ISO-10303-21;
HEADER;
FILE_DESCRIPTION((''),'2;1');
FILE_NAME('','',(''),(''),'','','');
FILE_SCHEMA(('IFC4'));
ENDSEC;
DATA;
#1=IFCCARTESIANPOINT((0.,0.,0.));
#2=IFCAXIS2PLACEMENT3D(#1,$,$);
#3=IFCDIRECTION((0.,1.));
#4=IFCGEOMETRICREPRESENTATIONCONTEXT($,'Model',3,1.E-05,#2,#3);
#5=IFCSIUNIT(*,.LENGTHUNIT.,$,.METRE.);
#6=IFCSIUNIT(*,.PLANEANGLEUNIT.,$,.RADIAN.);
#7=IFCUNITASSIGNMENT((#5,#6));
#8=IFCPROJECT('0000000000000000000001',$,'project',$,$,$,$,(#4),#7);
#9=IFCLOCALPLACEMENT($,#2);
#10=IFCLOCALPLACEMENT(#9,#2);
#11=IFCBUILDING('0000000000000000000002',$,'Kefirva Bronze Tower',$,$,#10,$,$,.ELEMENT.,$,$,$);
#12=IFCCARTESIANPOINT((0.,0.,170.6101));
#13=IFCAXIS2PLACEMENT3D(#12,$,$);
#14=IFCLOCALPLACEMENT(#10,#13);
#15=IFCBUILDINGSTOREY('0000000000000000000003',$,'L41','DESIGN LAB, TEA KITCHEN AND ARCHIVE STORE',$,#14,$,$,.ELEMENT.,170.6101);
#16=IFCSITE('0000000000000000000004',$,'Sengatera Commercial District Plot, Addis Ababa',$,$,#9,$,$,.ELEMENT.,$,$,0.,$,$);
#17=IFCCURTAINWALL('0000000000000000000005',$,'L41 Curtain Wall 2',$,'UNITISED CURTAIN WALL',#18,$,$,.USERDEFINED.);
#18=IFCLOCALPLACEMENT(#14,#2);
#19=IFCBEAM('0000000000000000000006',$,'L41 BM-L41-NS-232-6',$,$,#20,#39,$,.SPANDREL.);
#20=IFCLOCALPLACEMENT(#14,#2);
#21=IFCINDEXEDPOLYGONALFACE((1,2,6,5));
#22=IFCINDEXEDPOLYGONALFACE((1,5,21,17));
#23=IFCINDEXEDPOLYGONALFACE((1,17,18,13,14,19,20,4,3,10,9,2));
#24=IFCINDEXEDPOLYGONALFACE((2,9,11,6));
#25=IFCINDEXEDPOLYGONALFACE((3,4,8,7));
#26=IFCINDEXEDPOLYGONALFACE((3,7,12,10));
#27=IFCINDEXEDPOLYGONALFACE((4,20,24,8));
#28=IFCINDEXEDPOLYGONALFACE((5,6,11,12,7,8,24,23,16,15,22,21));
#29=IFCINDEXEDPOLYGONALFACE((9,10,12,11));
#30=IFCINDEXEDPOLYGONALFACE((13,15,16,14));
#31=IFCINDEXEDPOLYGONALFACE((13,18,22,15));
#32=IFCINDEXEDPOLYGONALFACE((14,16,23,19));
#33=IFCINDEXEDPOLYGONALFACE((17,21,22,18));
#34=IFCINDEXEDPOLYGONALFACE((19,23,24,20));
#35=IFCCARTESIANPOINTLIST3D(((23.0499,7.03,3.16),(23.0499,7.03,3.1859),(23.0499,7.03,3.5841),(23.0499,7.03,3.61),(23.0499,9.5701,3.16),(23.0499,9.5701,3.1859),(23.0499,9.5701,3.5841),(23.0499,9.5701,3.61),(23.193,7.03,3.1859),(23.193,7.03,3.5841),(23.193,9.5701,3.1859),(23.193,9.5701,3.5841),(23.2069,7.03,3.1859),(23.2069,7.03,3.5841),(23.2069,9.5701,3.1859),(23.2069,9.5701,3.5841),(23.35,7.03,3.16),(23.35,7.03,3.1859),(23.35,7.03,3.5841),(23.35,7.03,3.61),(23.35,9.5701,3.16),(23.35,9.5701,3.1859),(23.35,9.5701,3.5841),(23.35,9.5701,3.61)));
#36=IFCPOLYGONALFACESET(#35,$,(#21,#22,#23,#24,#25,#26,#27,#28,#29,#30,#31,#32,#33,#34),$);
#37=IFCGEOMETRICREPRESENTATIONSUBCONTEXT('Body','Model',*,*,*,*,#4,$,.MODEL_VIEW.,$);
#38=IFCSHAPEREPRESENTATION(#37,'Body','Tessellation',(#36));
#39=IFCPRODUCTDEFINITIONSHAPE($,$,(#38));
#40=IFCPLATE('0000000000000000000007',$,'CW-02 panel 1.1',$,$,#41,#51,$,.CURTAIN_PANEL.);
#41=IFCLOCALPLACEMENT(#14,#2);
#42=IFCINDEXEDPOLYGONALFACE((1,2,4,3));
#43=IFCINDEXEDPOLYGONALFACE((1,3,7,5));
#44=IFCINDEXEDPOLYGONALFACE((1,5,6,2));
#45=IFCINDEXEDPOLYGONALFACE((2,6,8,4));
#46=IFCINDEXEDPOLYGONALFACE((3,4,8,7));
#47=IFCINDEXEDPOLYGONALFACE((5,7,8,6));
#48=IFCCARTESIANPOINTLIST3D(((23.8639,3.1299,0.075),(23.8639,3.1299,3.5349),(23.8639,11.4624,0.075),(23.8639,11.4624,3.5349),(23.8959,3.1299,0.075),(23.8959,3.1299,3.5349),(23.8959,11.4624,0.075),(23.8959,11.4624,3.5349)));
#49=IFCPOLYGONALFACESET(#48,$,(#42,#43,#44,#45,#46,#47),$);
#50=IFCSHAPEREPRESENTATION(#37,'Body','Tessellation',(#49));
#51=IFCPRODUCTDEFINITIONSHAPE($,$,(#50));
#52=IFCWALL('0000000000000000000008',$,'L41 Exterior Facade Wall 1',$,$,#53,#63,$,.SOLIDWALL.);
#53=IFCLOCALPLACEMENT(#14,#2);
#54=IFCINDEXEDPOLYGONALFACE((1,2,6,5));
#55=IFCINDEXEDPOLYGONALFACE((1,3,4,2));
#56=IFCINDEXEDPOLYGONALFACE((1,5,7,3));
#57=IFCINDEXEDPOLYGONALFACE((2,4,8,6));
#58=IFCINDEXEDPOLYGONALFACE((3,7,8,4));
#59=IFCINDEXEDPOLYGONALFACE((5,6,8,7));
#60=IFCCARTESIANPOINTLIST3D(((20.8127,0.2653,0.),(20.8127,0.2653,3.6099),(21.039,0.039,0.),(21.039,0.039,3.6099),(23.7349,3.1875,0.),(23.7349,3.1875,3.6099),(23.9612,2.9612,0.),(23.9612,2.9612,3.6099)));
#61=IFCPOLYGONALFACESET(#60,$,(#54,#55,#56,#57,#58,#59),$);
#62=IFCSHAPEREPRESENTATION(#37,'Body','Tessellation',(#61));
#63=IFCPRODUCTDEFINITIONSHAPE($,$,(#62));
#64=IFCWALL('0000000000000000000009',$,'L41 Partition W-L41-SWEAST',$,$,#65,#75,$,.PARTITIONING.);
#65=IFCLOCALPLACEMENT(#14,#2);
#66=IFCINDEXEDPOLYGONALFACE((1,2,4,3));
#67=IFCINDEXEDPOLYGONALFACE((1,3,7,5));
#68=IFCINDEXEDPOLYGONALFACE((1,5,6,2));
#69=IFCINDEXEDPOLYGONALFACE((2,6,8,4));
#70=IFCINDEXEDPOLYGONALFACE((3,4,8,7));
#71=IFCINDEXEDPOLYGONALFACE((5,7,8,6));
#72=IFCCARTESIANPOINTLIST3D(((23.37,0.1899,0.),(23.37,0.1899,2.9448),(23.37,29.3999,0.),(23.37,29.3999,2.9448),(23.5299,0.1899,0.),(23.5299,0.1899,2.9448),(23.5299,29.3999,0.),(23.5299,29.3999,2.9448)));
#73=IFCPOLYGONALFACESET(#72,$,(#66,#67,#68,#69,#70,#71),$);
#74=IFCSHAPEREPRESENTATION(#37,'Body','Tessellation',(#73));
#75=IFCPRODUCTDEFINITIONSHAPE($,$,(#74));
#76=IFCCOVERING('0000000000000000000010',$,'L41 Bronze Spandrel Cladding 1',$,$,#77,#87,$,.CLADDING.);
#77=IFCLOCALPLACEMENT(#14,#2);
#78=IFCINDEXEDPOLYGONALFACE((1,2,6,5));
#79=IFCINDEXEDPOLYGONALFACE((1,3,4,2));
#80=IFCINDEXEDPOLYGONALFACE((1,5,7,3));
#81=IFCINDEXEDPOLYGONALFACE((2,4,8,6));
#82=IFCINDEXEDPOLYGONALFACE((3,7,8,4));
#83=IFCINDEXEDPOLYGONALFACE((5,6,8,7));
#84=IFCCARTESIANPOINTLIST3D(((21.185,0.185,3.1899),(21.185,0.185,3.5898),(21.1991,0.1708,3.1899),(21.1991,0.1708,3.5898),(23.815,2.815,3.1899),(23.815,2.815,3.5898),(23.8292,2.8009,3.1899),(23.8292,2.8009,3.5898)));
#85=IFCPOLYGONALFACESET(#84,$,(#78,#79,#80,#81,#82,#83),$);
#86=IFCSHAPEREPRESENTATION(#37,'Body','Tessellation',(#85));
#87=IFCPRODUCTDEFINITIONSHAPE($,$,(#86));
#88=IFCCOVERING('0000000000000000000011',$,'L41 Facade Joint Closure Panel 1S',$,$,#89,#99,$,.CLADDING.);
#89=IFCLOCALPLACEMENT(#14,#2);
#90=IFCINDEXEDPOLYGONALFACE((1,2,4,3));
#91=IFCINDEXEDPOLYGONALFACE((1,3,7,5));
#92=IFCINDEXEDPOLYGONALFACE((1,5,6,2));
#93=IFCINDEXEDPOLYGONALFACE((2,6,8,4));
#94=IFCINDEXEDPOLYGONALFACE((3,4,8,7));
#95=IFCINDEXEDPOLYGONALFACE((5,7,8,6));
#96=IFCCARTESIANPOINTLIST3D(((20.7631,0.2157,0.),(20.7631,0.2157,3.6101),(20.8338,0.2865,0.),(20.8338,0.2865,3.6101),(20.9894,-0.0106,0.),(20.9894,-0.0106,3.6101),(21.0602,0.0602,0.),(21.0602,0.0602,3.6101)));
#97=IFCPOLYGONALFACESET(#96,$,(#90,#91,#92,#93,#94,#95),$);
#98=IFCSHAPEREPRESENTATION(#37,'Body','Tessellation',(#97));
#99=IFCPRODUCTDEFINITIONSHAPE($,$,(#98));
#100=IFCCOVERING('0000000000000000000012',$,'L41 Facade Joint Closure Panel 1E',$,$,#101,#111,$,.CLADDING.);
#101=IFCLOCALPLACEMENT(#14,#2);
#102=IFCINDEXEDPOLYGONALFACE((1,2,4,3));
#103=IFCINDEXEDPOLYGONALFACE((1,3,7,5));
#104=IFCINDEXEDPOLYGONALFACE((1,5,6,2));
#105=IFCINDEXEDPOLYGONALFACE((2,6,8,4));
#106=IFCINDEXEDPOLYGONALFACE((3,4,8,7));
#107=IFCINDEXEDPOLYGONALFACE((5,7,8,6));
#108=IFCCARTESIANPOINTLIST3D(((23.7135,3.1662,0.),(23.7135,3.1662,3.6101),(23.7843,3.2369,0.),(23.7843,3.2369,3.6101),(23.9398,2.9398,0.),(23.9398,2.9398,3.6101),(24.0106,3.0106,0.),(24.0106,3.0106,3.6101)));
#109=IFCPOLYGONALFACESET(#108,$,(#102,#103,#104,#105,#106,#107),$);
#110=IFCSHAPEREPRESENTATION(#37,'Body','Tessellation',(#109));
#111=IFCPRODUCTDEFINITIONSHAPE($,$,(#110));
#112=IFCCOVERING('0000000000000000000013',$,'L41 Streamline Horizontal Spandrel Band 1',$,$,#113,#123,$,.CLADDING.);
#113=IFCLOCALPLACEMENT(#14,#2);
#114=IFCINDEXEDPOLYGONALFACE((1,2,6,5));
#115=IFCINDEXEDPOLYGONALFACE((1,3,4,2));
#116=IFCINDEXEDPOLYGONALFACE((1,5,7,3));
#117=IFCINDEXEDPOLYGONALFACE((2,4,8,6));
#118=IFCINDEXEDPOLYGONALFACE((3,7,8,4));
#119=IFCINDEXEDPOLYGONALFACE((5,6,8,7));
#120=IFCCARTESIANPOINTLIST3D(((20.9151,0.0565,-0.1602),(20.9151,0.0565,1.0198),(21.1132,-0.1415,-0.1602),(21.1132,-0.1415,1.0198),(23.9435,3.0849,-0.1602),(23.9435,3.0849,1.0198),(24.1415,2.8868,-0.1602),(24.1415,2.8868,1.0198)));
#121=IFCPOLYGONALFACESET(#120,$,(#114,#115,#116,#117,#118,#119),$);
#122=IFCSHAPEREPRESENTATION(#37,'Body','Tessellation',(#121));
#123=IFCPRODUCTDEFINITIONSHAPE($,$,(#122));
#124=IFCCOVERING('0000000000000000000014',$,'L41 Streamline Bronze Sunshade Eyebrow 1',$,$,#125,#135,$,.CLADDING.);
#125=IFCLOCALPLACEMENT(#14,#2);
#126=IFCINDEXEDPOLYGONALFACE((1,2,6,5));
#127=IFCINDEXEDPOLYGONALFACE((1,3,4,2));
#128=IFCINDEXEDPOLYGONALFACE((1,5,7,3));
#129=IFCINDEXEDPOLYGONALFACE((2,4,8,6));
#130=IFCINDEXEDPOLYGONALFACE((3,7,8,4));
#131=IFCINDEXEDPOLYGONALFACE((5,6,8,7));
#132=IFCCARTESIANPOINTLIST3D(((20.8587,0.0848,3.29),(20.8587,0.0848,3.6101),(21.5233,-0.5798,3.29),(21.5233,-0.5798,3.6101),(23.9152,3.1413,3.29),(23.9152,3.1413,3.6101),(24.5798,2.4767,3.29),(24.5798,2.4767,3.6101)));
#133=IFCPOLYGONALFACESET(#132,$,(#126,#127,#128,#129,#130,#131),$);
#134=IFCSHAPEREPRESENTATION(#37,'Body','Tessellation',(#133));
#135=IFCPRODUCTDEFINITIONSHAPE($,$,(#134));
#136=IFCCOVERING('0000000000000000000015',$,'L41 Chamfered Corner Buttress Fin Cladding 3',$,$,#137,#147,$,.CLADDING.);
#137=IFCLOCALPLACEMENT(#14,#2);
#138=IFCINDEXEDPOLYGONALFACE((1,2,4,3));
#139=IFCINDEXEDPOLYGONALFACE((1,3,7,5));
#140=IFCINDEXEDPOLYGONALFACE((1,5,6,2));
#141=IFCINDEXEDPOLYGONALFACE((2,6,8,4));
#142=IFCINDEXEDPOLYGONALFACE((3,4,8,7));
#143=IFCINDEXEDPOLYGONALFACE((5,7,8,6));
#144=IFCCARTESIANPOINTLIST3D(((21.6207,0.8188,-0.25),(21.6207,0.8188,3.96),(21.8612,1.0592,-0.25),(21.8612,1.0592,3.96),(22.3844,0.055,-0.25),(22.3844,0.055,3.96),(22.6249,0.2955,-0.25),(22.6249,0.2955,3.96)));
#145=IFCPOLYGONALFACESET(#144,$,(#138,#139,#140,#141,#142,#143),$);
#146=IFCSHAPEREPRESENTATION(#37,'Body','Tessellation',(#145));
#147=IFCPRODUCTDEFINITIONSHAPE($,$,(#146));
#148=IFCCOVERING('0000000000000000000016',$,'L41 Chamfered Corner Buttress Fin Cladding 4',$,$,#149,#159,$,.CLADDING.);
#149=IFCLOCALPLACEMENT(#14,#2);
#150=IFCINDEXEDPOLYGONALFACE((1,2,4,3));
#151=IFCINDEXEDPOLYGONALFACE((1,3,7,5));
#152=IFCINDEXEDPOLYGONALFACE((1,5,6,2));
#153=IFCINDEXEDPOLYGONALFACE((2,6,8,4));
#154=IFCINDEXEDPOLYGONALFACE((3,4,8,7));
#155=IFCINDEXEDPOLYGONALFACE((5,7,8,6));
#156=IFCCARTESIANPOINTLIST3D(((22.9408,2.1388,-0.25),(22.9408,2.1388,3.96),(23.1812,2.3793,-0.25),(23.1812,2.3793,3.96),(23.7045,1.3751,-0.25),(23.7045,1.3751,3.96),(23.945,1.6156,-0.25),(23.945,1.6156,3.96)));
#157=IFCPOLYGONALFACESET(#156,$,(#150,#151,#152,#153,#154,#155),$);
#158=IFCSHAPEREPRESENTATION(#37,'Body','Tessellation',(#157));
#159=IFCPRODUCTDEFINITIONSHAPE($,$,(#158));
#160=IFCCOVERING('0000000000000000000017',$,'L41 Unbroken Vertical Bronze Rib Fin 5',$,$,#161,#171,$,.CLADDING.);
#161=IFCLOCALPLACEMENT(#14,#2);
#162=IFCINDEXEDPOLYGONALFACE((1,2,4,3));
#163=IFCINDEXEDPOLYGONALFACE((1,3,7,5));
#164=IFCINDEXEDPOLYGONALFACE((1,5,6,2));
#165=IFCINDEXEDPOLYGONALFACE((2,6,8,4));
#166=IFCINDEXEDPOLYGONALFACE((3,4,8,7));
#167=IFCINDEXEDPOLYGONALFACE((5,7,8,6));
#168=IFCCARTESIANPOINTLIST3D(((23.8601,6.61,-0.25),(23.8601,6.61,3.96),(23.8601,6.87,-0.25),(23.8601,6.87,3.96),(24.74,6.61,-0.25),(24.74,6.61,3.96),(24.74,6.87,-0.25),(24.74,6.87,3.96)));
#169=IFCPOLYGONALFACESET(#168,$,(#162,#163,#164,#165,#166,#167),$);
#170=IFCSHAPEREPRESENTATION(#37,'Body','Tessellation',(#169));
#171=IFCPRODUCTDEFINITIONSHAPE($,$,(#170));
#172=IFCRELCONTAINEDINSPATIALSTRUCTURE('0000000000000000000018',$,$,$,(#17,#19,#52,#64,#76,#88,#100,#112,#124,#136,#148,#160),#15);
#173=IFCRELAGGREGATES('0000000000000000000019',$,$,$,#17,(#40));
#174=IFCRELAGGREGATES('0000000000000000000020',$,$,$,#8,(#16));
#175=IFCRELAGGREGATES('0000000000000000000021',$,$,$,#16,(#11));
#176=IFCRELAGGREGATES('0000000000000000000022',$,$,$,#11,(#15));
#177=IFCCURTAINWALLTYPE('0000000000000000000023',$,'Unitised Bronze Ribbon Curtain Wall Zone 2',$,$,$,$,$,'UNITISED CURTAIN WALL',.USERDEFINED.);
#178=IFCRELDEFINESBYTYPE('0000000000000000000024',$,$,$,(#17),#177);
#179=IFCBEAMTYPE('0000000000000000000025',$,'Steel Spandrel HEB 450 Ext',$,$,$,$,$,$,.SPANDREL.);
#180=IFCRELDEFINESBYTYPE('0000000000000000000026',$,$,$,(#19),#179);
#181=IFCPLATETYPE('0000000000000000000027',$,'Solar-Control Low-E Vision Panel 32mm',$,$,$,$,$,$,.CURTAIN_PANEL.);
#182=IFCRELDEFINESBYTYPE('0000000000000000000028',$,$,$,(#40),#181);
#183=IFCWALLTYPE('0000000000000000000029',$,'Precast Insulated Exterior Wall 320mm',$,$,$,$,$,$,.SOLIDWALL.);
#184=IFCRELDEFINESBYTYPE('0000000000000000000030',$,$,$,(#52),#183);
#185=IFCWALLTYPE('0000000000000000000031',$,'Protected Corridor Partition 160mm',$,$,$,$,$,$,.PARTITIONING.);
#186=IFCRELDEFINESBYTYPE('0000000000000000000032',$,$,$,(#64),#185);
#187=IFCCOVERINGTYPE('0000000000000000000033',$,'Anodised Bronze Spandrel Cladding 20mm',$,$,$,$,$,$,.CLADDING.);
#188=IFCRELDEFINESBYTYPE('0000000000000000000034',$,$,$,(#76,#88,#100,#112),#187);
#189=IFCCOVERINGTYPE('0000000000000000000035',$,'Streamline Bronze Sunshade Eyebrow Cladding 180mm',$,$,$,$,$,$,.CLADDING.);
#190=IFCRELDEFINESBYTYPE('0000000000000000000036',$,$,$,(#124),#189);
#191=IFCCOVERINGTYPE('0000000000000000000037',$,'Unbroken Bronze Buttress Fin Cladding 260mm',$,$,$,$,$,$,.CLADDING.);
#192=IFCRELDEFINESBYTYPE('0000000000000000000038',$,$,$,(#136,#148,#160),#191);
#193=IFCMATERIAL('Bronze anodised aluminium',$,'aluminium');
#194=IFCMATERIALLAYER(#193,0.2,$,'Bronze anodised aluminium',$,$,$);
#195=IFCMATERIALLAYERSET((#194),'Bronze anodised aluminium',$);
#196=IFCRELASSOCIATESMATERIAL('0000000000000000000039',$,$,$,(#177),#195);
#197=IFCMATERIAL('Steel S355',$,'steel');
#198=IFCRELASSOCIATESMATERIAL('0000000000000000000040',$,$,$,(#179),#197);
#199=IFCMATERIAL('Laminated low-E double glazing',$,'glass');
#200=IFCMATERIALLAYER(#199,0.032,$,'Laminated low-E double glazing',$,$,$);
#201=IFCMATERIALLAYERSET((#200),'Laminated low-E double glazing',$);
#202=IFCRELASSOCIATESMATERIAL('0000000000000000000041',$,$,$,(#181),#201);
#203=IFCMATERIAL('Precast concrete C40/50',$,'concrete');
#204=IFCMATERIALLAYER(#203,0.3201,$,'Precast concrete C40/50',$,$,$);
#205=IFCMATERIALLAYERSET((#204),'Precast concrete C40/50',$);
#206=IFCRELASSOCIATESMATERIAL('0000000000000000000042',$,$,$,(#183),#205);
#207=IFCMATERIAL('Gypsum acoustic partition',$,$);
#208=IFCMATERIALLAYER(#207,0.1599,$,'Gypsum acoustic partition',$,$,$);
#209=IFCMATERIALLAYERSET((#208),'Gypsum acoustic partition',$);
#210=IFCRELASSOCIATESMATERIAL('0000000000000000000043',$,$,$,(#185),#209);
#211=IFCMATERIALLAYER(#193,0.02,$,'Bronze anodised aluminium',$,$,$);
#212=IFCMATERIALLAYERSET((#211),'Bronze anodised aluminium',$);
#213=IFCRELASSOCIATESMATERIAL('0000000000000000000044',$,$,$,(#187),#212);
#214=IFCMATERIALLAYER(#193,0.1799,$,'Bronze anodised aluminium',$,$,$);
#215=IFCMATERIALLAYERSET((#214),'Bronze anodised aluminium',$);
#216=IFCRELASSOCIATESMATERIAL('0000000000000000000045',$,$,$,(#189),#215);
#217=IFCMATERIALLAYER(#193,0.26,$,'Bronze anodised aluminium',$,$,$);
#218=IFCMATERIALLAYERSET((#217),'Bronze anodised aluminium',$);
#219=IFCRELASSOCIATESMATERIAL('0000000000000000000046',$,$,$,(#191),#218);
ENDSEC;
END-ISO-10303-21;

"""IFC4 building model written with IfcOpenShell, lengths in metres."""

from ifc_helpers import new_model, si_unit, direction, frame, frame_2d, origin, origin_2d, place, context, subcontext, project, spatial, rectangle, i_section, extrude, material, layer, layer_set, material_profile, profile_set, type_object, element, aggregate, save


model = new_model("IFC4")

# Units and contexts
model_context = context("Model", 3, precision=1e-05, world=origin(), true_north=direction((0.0, 1.0)))
body_context = subcontext(model_context, "Body", "Model", "MODEL_VIEW")
ifc_project = project(units=[si_unit("LENGTHUNIT", "METRE"), si_unit("PLANEANGLEUNIT", "RADIAN")], contexts=[model_context])

# Site, building, storey
site_placement = place(None, origin())
site = spatial("IfcSite", under=ifc_project, at=site_placement, Name="Sengatera Commercial District Plot, Addis Ababa", CompositionType="ELEMENT", RefElevation=0.0)
building_placement = place(site_placement, origin())
building = spatial("IfcBuilding", under=site, at=building_placement, Name="Kefirva Bronze Tower", CompositionType="ELEMENT")
storey_placement = place(building_placement, frame((0.0, 0.0, 170.6101)))
storey = spatial("IfcBuildingStorey", under=building, at=storey_placement, Name="L41", Description="DESIGN LAB, TEA KITCHEN AND ARCHIVE STORE", CompositionType="ELEMENT", Elevation=170.6101)

# Shared definitions
ifc_material_1 = material(Name="Bronze anodised aluminium", Category="aluminium")
ifc_layer_1 = layer(ifc_material_1, 0.2, Name="Bronze anodised aluminium")
ifc_layer_set_1 = layer_set([ifc_layer_1], Name="Bronze anodised aluminium")
curtain_wall_type = type_object("IfcCurtainWallType", Name="Unitised Bronze Ribbon Curtain Wall Zone 2", ElementType="UNITISED CURTAIN WALL", PredefinedType="USERDEFINED", material=ifc_layer_set_1)

# Curtain wall
curtain_wall_1_placement = place(storey_placement, origin())
curtain_wall_1 = element("IfcCurtainWall", 1, at=curtain_wall_1_placement, inside=storey, type_object=curtain_wall_type, Name="L41 Curtain Wall 2", ObjectType="UNITISED CURTAIN WALL", PredefinedType="USERDEFINED")

# Beam
ifc_material_2 = material(Name="Steel S355", Category="steel")
ifc_material_profile_1 = material_profile(ifc_material_2, i_section(OverallWidth=0.3, OverallDepth=0.45, WebThickness=0.0139, FlangeThickness=0.0259, at=origin_2d()), Name="HEB 450")
ifc_profile_set_1 = profile_set([ifc_material_profile_1], Name="Steel S355")
beam_type_1 = type_object("IfcBeamType", Name="Steel Spandrel HEB 450 Ext", PredefinedType="SPANDREL", material=ifc_profile_set_1)
beam_1_placement = place(storey_placement, frame((23.2, 7.03, 3.385), z_axis=(0.0, 1.0, 0.0), x_axis=(-1.0, 0.0, 0.0)))
element("IfcBeam", 2, at=beam_1_placement, inside=storey, type_object=beam_type_1, Name="L41 BM-L41-NS-232-6", PredefinedType="SPANDREL", context=body_context, shape_type="SweptSolid", body=[
    extrude(i_section(OverallWidth=0.3, OverallDepth=0.45, WebThickness=0.0139, FlangeThickness=0.0259, at=origin_2d()), origin(), (0.0, 0.0, 1.0), 2.54),
])

# Plate
ifc_material_3 = material(Name="Laminated low-E double glazing", Category="glass")
ifc_layer_2 = layer(ifc_material_3, 0.032, Name="Laminated low-E double glazing")
ifc_layer_set_2 = layer_set([ifc_layer_2], Name="Laminated low-E double glazing")
plate_type = type_object("IfcPlateType", Name="Solar-Control Low-E Vision Panel 32mm", PredefinedType="CURTAIN_PANEL", material=ifc_layer_set_2)
plate_placement = place(storey_placement, frame((23.8799, 7.2961, 0.075), z_axis=(0.0, 0.0, 1.0), x_axis=(0.0, 1.0, 0.0)))
plate = element("IfcPlate", 3, at=plate_placement, type_object=plate_type, Name="CW-02 panel 1.1", PredefinedType="CURTAIN_PANEL", context=body_context, shape_type="SweptSolid", body=[
    extrude(rectangle(XDim=8.3325, YDim=0.032, at=origin_2d()), origin(), (0.0, 0.0, 1.0), 3.46),
])
aggregate(curtain_wall_1, [plate])

# Walls
ifc_material_4 = material(Name="Precast concrete C40/50", Category="concrete")
ifc_layer_3 = layer(ifc_material_4, 0.3201, Name="Precast concrete C40/50")
ifc_layer_set_3 = layer_set([ifc_layer_3], Name="Precast concrete C40/50")
wall_type_1 = type_object("IfcWallType", Name="Precast Insulated Exterior Wall 320mm", PredefinedType="SOLIDWALL", material=ifc_layer_set_3)
wall_1_placement = place(storey_placement, frame((20.9258, 0.1521, 0.0), z_axis=(0.0, 0.0, 1.0), x_axis=(0.707107, 0.707107, 0.0)))
element("IfcWall", 4, at=wall_1_placement, inside=storey, type_object=wall_type_1, Name="L41 Exterior Facade Wall 1", PredefinedType="SOLIDWALL", context=body_context, shape_type="SweptSolid", body=[
    extrude(rectangle(XDim=4.1326, YDim=0.3201, at=frame_2d((2.0664, 0.0))), origin(), (0.0, 0.0, 1.0), 3.6099),
])
ifc_material_5 = material(Name="Gypsum acoustic partition")
ifc_layer_4 = layer(ifc_material_5, 0.1599, Name="Gypsum acoustic partition")
ifc_layer_set_4 = layer_set([ifc_layer_4], Name="Gypsum acoustic partition")
wall_type_2 = type_object("IfcWallType", Name="Protected Corridor Partition 160mm", PredefinedType="PARTITIONING", material=ifc_layer_set_4)
wall_2_placement = place(storey_placement, frame((23.45, 0.1899, 0.0), z_axis=(0.0, 0.0, 1.0), x_axis=(0.0, 1.0, 0.0)))
element("IfcWall", 5, at=wall_2_placement, inside=storey, type_object=wall_type_2, Name="L41 Partition W-L41-SWEAST", PredefinedType="PARTITIONING", context=body_context, shape_type="SweptSolid", body=[
    extrude(rectangle(XDim=29.21, YDim=0.1599, at=frame_2d((14.605, 0.0))), origin(), (0.0, 0.0, 1.0), 2.9448),
])

# Coverings
ifc_layer_5 = layer(ifc_material_1, 0.02, Name="Bronze anodised aluminium")
ifc_layer_set_5 = layer_set([ifc_layer_5], Name="Bronze anodised aluminium")
covering_type_1 = type_object("IfcCoveringType", Name="Anodised Bronze Spandrel Cladding 20mm", PredefinedType="CLADDING", material=ifc_layer_set_5)
covering_1_placement = place(storey_placement, frame((22.5071, 1.4929, 3.1899), z_axis=(0.0, 0.0, 1.0), x_axis=(0.707107, 0.707107, 0.0)))
element("IfcCovering", 6, at=covering_1_placement, inside=storey, type_object=covering_type_1, Name="L41 Bronze Spandrel Cladding 1", PredefinedType="CLADDING", context=body_context, shape_type="SweptSolid", body=[
    extrude(rectangle(XDim=3.7195, YDim=0.02, at=origin_2d()), origin(), (0.0, 0.0, 1.0), 0.3999),
])
for number, where, z_axis, x_axis, name in (
    (7, (20.9116, 0.1379, 0.0), (0.0, 0.0, 1.0), (0.707107, 0.707107, 0.0), "L41 Facade Joint Closure Panel 1S"),
    (8, (23.8621, 3.0884, 0.0), (0.0, 0.0, 1.0), (0.707107, 0.707107, 0.0), "L41 Facade Joint Closure Panel 1E"),
):
    element("IfcCovering", number, at=place(storey_placement, frame(where, z_axis=z_axis, x_axis=x_axis)), inside=storey, type_object=covering_type_1, Name=name, PredefinedType="CLADDING", context=body_context, shape_type="SweptSolid", body=[
        extrude(rectangle(XDim=0.1001, YDim=0.3201, at=origin_2d()), origin(), (0.0, 0.0, 1.0), 3.6101),
    ])
covering_2_placement = place(storey_placement, frame((22.5283, 1.4717, -0.1602), z_axis=(0.0, 0.0, 1.0), x_axis=(0.707107, 0.707107, 0.0)))
element("IfcCovering", 9, at=covering_2_placement, inside=storey, type_object=covering_type_1, Name="L41 Streamline Horizontal Spandrel Band 1", PredefinedType="CLADDING", context=body_context, shape_type="SweptSolid", body=[
    extrude(rectangle(XDim=4.2827, YDim=0.28, at=origin_2d()), origin(), (0.0, 0.0, 1.0), 1.1799),
])
ifc_layer_6 = layer(ifc_material_1, 0.1799, Name="Bronze anodised aluminium")
ifc_layer_set_6 = layer_set([ifc_layer_6], Name="Bronze anodised aluminium")
covering_type_2 = type_object("IfcCoveringType", Name="Streamline Bronze Sunshade Eyebrow Cladding 180mm", PredefinedType="CLADDING", material=ifc_layer_set_6)
covering_3_placement = place(storey_placement, frame((22.7192, 1.2808, 3.29), z_axis=(0.0, 0.0, 1.0), x_axis=(0.707107, 0.707107, 0.0)))
element("IfcCovering", 10, at=covering_3_placement, inside=storey, type_object=covering_type_2, Name="L41 Streamline Bronze Sunshade Eyebrow 1", PredefinedType="CLADDING", context=body_context, shape_type="SweptSolid", body=[
    extrude(rectangle(XDim=4.3225, YDim=0.9399, at=origin_2d()), origin(), (0.0, 0.0, 1.0), 0.3201),
])
ifc_layer_7 = layer(ifc_material_1, 0.26, Name="Bronze anodised aluminium")
ifc_layer_set_7 = layer_set([ifc_layer_7], Name="Bronze anodised aluminium")
covering_type_3 = type_object("IfcCoveringType", Name="Unbroken Bronze Buttress Fin Cladding 260mm", PredefinedType="CLADDING", material=ifc_layer_set_7)
for number, where, z_axis, x_axis, name in (
    (11, (22.1228, 0.5571, -0.25), (0.0, 0.0, 1.0), (0.707107, 0.707107, 0.0), "L41 Chamfered Corner Buttress Fin Cladding 3"),
    (12, (23.4429, 1.8772, -0.25), (0.0, 0.0, 1.0), (0.707107, 0.707107, 0.0), "L41 Chamfered Corner Buttress Fin Cladding 4"),
):
    element("IfcCovering", number, at=place(storey_placement, frame(where, z_axis=z_axis, x_axis=x_axis)), inside=storey, type_object=covering_type_3, Name=name, PredefinedType="CLADDING", context=body_context, shape_type="SweptSolid", body=[
        extrude(rectangle(XDim=0.3401, YDim=1.0801, at=origin_2d()), origin(), (0.0, 0.0, 1.0), 4.21),
    ])
covering_4_placement = place(storey_placement, frame((24.3, 6.74, -0.25), z_axis=(0.0, 0.0, 1.0), x_axis=(0.0, 1.0, 0.0)))
element("IfcCovering", 13, at=covering_4_placement, inside=storey, type_object=covering_type_3, Name="L41 Unbroken Vertical Bronze Rib Fin 5", PredefinedType="CLADDING", context=body_context, shape_type="SweptSolid", body=[
    extrude(rectangle(XDim=0.26, YDim=0.8799, at=origin_2d()), origin(), (0.0, 0.0, 1.0), 4.21),
])

save(model, "model.ifc")
